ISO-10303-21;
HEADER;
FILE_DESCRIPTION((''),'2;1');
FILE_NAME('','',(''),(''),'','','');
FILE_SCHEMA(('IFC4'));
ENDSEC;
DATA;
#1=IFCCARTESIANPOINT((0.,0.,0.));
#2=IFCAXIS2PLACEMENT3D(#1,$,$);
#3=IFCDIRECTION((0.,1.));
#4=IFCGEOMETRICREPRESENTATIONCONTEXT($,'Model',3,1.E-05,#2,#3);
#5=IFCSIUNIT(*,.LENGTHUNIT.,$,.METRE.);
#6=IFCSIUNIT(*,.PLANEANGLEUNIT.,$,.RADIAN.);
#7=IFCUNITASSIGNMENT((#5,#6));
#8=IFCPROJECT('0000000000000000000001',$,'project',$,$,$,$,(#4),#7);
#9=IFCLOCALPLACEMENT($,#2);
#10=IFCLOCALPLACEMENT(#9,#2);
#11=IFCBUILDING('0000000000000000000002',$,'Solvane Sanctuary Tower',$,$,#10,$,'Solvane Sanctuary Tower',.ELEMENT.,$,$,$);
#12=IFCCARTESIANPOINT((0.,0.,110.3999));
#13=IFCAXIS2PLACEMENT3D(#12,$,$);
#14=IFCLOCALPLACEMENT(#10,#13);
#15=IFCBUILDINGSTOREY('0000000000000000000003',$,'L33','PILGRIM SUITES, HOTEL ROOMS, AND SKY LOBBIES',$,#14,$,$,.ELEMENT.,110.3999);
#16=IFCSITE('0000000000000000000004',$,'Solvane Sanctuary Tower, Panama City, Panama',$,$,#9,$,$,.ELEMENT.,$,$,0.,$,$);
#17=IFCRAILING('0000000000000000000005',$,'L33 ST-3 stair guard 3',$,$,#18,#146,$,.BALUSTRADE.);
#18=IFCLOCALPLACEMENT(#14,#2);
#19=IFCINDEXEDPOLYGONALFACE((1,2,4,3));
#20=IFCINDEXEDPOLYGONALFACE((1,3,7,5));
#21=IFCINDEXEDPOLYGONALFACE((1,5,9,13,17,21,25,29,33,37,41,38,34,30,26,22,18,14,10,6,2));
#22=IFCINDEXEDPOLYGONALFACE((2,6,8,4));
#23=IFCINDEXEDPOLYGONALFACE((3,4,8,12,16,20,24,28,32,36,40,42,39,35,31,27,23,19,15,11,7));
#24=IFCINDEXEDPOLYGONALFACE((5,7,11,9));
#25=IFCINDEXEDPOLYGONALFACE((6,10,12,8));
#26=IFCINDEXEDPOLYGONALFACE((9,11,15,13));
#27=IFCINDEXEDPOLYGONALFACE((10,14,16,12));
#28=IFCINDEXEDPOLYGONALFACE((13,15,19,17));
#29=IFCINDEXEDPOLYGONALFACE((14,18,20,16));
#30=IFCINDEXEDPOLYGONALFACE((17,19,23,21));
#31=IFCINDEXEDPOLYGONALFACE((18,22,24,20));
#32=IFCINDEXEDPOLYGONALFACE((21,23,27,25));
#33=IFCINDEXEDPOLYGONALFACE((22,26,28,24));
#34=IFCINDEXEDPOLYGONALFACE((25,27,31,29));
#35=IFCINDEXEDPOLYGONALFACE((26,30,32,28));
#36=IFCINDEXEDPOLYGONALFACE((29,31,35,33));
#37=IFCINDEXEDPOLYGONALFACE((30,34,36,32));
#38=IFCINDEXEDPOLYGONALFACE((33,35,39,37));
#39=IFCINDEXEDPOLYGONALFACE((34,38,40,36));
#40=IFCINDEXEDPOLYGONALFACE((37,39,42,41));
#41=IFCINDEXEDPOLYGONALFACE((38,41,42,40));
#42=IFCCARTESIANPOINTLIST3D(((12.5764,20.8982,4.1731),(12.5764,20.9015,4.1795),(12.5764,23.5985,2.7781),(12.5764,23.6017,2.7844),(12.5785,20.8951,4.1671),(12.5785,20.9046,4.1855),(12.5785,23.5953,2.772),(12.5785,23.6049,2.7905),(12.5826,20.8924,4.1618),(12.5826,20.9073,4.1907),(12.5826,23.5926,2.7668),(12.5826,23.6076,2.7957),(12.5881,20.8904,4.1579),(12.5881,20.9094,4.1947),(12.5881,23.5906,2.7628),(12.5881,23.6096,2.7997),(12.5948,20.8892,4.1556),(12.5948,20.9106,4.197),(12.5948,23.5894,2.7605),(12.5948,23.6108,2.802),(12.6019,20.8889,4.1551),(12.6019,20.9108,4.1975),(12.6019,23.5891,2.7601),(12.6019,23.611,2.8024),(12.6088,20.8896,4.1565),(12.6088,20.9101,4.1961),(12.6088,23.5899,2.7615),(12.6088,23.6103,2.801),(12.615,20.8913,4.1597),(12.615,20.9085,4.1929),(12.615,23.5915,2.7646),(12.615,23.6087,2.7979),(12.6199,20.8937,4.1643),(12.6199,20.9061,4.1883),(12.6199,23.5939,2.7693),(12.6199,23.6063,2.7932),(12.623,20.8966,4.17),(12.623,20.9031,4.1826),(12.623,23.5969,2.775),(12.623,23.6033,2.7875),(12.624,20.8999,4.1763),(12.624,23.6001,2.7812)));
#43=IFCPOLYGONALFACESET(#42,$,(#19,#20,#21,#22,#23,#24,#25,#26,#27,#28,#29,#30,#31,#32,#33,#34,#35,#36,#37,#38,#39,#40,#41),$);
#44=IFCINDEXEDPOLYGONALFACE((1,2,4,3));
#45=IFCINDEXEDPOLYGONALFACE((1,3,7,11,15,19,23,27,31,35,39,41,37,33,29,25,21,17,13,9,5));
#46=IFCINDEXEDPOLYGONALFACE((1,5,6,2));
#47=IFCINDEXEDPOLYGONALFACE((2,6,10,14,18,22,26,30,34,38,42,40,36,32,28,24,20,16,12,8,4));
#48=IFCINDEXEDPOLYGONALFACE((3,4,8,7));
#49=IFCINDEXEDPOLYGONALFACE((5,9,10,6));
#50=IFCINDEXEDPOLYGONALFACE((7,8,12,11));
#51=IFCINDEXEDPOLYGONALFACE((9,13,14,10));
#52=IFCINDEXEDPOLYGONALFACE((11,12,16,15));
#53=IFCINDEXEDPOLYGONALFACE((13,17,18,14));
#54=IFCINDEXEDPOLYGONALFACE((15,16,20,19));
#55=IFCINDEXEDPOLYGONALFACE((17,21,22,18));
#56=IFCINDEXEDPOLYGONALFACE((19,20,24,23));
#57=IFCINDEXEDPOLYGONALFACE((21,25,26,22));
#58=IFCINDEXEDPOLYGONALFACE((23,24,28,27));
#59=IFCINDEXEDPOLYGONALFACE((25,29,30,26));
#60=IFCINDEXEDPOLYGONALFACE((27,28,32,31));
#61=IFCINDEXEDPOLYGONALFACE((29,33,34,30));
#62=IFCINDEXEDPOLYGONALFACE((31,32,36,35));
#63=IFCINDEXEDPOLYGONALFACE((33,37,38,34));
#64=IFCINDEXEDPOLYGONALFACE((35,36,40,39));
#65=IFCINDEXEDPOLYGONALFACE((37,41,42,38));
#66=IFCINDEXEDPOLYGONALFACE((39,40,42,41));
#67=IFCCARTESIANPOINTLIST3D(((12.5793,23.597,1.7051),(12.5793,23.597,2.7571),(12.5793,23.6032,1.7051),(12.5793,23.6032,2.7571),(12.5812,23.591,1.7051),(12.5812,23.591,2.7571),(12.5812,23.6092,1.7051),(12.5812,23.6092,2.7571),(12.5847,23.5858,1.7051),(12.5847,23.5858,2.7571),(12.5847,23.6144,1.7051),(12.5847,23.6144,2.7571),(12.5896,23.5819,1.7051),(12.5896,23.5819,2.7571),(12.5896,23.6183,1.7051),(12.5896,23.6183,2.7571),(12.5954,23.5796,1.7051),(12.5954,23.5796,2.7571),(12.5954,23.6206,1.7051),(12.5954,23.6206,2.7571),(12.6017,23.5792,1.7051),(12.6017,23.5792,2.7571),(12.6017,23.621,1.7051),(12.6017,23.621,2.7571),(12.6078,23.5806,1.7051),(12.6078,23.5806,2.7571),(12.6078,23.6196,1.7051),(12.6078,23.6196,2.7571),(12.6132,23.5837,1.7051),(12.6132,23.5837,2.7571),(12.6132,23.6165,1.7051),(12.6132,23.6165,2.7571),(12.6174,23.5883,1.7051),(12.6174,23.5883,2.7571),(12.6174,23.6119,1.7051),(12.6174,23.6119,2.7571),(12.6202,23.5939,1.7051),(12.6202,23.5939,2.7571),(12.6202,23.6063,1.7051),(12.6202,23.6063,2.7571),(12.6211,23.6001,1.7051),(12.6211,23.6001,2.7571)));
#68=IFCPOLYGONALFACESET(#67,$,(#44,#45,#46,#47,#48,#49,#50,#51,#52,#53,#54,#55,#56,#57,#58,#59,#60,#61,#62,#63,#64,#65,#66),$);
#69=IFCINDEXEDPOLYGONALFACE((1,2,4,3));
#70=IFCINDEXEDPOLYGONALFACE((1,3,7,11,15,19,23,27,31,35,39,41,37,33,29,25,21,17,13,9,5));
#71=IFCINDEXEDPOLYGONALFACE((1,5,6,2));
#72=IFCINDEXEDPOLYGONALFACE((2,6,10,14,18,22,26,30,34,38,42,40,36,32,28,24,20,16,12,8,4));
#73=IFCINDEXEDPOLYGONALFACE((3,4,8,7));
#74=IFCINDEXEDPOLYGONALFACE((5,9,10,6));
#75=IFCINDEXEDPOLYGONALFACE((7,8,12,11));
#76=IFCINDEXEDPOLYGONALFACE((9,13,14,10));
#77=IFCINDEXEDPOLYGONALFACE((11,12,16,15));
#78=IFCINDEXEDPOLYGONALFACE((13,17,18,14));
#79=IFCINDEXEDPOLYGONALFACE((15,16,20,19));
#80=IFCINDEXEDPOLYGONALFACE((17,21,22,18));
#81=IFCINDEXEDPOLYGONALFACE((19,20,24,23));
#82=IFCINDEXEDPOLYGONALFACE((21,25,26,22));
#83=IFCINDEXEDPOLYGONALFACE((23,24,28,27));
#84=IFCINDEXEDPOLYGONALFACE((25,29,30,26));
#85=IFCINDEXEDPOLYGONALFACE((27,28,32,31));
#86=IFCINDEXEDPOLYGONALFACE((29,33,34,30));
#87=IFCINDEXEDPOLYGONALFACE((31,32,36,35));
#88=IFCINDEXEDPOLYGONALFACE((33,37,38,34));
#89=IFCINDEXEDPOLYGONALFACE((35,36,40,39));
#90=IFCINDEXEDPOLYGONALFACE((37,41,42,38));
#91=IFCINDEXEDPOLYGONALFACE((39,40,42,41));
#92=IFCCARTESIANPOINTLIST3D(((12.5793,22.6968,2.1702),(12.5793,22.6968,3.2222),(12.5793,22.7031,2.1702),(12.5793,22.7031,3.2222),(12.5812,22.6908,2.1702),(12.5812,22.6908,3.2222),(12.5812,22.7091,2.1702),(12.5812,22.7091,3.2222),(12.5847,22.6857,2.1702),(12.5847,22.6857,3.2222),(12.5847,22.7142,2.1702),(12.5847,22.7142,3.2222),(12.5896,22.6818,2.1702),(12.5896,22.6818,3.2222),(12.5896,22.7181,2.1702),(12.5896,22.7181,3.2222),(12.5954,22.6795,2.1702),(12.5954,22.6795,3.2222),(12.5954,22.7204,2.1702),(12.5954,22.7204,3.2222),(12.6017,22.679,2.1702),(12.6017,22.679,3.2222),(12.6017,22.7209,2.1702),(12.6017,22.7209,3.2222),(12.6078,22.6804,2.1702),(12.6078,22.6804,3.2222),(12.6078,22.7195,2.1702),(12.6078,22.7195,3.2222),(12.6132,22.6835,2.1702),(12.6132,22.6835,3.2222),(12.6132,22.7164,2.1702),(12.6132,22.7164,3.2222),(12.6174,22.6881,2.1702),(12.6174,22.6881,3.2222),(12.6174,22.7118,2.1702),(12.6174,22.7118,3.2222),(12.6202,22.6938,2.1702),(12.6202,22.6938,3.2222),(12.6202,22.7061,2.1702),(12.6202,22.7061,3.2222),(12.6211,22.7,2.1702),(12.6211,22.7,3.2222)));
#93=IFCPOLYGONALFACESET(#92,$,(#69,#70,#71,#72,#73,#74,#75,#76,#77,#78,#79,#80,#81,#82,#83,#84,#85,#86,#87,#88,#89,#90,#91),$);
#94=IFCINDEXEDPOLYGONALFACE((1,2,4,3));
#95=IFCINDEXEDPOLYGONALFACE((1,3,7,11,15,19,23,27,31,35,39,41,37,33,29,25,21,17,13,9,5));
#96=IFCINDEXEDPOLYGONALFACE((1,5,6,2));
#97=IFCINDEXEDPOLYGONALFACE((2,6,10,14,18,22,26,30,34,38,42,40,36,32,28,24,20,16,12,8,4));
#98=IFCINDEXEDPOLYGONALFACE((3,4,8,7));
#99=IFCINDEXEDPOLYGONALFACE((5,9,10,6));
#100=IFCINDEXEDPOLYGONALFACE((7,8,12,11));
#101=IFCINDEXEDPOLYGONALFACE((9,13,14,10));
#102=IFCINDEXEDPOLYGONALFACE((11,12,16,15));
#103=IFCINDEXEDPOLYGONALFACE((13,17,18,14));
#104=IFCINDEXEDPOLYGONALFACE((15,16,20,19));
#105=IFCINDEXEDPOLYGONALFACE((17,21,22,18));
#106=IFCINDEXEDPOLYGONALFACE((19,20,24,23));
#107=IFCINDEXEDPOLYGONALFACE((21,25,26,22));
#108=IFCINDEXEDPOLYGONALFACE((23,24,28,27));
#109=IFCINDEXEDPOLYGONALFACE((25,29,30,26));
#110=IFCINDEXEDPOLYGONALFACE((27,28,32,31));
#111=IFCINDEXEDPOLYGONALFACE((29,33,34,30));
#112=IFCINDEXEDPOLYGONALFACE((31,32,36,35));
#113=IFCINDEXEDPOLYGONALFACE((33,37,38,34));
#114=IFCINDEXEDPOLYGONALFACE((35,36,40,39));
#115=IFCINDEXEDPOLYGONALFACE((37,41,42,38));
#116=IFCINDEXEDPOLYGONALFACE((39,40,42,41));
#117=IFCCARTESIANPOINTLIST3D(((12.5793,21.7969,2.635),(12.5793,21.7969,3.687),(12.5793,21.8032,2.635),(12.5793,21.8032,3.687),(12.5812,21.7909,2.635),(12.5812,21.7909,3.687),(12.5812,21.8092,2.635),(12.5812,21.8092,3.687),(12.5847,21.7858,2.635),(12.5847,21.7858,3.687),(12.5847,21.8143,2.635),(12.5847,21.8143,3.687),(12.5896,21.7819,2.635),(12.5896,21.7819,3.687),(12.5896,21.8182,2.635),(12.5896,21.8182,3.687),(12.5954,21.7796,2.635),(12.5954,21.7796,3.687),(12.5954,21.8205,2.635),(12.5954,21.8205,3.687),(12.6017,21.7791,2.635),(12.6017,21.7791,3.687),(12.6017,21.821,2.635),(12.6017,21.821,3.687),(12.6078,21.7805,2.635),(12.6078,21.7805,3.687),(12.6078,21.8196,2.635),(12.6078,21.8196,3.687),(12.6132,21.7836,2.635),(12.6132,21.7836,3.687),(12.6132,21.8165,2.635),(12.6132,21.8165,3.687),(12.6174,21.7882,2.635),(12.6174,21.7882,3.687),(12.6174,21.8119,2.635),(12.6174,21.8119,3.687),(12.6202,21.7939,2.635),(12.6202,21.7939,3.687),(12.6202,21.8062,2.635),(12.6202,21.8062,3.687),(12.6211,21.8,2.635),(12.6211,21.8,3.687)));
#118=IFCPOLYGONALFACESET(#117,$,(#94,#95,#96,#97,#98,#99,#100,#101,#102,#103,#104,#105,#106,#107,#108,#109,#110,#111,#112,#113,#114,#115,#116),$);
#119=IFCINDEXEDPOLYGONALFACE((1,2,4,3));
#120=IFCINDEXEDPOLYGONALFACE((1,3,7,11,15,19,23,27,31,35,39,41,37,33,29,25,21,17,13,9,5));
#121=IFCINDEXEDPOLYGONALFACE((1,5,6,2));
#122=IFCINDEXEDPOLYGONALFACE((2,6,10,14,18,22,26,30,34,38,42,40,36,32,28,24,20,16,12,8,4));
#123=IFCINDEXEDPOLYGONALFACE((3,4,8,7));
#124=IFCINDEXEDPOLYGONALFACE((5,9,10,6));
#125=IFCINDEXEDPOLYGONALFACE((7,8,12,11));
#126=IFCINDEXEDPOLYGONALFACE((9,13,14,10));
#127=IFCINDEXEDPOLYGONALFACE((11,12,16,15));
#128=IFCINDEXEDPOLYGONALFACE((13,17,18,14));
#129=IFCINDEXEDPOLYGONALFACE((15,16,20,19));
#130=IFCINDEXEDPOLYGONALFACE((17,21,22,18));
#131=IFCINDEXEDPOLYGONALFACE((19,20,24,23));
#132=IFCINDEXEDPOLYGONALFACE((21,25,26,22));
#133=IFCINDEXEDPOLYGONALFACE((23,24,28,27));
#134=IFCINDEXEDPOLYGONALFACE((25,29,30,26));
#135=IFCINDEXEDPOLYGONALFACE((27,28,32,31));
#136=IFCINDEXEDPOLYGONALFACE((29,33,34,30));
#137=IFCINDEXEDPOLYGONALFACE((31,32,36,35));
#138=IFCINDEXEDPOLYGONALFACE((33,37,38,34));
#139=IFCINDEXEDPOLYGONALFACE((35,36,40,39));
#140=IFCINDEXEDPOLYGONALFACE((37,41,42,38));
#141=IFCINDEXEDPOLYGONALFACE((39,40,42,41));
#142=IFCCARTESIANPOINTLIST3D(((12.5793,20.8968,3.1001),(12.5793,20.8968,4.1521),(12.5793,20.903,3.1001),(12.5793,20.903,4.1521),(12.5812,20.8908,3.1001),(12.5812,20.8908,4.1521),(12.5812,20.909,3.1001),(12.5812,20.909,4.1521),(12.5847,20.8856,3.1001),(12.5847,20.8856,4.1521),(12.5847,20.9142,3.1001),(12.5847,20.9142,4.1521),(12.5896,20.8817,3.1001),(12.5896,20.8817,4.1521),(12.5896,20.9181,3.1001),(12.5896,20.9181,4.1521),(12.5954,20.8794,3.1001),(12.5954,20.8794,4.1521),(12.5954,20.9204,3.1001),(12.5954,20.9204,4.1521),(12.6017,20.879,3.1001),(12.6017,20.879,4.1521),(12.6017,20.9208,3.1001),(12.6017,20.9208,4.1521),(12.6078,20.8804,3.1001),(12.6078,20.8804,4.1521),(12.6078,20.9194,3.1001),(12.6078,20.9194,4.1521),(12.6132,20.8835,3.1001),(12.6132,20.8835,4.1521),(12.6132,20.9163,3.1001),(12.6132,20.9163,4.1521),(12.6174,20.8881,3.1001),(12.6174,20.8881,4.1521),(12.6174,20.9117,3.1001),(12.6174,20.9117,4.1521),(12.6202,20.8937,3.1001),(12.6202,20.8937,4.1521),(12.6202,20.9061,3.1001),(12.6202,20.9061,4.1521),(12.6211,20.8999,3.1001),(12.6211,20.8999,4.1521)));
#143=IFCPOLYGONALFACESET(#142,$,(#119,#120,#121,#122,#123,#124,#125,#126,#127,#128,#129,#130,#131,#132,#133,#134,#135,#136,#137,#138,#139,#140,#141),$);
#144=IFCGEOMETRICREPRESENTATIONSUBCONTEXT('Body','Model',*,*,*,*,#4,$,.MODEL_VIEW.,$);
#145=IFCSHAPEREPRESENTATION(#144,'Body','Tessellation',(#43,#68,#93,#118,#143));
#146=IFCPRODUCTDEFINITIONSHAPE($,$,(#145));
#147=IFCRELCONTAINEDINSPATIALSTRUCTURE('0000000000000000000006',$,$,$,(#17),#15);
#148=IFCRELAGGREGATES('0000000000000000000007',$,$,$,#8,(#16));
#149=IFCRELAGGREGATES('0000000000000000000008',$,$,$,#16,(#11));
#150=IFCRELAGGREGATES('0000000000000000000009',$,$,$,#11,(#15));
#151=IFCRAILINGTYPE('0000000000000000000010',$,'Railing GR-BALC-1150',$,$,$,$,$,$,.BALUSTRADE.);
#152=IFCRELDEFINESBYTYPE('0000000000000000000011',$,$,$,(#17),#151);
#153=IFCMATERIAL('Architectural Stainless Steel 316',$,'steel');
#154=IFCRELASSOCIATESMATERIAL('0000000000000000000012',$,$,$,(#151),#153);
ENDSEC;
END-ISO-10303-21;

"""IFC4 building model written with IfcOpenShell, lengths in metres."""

from ifc_helpers import new_model, si_unit, direction, frame, origin, origin_2d, place, context, subcontext, project, spatial, circle, extrude, material, type_object, element, save


model = new_model("IFC4")

# Units and contexts
model_context = context("Model", 3, precision=1e-05, world=origin(), true_north=direction((0.0, 1.0)))
body_context = subcontext(model_context, "Body", "Model", "MODEL_VIEW")
ifc_project = project(units=[si_unit("LENGTHUNIT", "METRE"), si_unit("PLANEANGLEUNIT", "RADIAN")], contexts=[model_context])

# Site, building, storey
site_placement = place(None, origin())
site = spatial("IfcSite", under=ifc_project, at=site_placement, Name="Solvane Sanctuary Tower, Panama City, Panama", CompositionType="ELEMENT", RefElevation=0.0)
building_placement = place(site_placement, origin())
building = spatial("IfcBuilding", under=site, at=building_placement, Name="Solvane Sanctuary Tower", LongName="Solvane Sanctuary Tower", CompositionType="ELEMENT")
storey_placement = place(building_placement, frame((0.0, 0.0, 110.3999)))
storey = spatial("IfcBuildingStorey", under=building, at=storey_placement, Name="L33", Description="PILGRIM SUITES, HOTEL ROOMS, AND SKY LOBBIES", CompositionType="ELEMENT", Elevation=110.3999)

# Shared definitions
ifc_material_1 = material(Name="Architectural Stainless Steel 316", Category="steel")

# Railing
railing_type_1 = type_object("IfcRailingType", Name="Railing GR-BALC-1150", PredefinedType="BALUSTRADE", material=ifc_material_1)
railing_1_placement = place(storey_placement, frame((12.6001, 23.6001, 1.7051)))
element("IfcRailing", 1, at=railing_1_placement, inside=storey, type_object=railing_type_1, Name="L33 ST-3 stair guard 3", PredefinedType="BALUSTRADE", context=body_context, shape_type="SweptSolid", body=[
    extrude(circle(Radius=0.0239, at=origin_2d()), frame((0.0, 0.0, 1.0762), z_axis=(0.0, -0.888437, 0.458999), x_axis=(1.0, 0.0, 0.0)), (0.0, 0.0, 1.0), 3.0393),
    extrude(circle(Radius=0.021, at=origin_2d()), origin(), (0.0, 0.0, 1.0), 1.052),
    extrude(circle(Radius=0.021, at=origin_2d()), frame((0.0, -0.9001, 0.4651)), (0.0, 0.0, 1.0), 1.052),
    extrude(circle(Radius=0.021, at=origin_2d()), frame((0.0, -1.8, 0.9299)), (0.0, 0.0, 1.0), 1.052),
    extrude(circle(Radius=0.021, at=origin_2d()), frame((0.0, -2.7002, 1.395)), (0.0, 0.0, 1.0), 1.052),
])

save(model, "model.ifc")
